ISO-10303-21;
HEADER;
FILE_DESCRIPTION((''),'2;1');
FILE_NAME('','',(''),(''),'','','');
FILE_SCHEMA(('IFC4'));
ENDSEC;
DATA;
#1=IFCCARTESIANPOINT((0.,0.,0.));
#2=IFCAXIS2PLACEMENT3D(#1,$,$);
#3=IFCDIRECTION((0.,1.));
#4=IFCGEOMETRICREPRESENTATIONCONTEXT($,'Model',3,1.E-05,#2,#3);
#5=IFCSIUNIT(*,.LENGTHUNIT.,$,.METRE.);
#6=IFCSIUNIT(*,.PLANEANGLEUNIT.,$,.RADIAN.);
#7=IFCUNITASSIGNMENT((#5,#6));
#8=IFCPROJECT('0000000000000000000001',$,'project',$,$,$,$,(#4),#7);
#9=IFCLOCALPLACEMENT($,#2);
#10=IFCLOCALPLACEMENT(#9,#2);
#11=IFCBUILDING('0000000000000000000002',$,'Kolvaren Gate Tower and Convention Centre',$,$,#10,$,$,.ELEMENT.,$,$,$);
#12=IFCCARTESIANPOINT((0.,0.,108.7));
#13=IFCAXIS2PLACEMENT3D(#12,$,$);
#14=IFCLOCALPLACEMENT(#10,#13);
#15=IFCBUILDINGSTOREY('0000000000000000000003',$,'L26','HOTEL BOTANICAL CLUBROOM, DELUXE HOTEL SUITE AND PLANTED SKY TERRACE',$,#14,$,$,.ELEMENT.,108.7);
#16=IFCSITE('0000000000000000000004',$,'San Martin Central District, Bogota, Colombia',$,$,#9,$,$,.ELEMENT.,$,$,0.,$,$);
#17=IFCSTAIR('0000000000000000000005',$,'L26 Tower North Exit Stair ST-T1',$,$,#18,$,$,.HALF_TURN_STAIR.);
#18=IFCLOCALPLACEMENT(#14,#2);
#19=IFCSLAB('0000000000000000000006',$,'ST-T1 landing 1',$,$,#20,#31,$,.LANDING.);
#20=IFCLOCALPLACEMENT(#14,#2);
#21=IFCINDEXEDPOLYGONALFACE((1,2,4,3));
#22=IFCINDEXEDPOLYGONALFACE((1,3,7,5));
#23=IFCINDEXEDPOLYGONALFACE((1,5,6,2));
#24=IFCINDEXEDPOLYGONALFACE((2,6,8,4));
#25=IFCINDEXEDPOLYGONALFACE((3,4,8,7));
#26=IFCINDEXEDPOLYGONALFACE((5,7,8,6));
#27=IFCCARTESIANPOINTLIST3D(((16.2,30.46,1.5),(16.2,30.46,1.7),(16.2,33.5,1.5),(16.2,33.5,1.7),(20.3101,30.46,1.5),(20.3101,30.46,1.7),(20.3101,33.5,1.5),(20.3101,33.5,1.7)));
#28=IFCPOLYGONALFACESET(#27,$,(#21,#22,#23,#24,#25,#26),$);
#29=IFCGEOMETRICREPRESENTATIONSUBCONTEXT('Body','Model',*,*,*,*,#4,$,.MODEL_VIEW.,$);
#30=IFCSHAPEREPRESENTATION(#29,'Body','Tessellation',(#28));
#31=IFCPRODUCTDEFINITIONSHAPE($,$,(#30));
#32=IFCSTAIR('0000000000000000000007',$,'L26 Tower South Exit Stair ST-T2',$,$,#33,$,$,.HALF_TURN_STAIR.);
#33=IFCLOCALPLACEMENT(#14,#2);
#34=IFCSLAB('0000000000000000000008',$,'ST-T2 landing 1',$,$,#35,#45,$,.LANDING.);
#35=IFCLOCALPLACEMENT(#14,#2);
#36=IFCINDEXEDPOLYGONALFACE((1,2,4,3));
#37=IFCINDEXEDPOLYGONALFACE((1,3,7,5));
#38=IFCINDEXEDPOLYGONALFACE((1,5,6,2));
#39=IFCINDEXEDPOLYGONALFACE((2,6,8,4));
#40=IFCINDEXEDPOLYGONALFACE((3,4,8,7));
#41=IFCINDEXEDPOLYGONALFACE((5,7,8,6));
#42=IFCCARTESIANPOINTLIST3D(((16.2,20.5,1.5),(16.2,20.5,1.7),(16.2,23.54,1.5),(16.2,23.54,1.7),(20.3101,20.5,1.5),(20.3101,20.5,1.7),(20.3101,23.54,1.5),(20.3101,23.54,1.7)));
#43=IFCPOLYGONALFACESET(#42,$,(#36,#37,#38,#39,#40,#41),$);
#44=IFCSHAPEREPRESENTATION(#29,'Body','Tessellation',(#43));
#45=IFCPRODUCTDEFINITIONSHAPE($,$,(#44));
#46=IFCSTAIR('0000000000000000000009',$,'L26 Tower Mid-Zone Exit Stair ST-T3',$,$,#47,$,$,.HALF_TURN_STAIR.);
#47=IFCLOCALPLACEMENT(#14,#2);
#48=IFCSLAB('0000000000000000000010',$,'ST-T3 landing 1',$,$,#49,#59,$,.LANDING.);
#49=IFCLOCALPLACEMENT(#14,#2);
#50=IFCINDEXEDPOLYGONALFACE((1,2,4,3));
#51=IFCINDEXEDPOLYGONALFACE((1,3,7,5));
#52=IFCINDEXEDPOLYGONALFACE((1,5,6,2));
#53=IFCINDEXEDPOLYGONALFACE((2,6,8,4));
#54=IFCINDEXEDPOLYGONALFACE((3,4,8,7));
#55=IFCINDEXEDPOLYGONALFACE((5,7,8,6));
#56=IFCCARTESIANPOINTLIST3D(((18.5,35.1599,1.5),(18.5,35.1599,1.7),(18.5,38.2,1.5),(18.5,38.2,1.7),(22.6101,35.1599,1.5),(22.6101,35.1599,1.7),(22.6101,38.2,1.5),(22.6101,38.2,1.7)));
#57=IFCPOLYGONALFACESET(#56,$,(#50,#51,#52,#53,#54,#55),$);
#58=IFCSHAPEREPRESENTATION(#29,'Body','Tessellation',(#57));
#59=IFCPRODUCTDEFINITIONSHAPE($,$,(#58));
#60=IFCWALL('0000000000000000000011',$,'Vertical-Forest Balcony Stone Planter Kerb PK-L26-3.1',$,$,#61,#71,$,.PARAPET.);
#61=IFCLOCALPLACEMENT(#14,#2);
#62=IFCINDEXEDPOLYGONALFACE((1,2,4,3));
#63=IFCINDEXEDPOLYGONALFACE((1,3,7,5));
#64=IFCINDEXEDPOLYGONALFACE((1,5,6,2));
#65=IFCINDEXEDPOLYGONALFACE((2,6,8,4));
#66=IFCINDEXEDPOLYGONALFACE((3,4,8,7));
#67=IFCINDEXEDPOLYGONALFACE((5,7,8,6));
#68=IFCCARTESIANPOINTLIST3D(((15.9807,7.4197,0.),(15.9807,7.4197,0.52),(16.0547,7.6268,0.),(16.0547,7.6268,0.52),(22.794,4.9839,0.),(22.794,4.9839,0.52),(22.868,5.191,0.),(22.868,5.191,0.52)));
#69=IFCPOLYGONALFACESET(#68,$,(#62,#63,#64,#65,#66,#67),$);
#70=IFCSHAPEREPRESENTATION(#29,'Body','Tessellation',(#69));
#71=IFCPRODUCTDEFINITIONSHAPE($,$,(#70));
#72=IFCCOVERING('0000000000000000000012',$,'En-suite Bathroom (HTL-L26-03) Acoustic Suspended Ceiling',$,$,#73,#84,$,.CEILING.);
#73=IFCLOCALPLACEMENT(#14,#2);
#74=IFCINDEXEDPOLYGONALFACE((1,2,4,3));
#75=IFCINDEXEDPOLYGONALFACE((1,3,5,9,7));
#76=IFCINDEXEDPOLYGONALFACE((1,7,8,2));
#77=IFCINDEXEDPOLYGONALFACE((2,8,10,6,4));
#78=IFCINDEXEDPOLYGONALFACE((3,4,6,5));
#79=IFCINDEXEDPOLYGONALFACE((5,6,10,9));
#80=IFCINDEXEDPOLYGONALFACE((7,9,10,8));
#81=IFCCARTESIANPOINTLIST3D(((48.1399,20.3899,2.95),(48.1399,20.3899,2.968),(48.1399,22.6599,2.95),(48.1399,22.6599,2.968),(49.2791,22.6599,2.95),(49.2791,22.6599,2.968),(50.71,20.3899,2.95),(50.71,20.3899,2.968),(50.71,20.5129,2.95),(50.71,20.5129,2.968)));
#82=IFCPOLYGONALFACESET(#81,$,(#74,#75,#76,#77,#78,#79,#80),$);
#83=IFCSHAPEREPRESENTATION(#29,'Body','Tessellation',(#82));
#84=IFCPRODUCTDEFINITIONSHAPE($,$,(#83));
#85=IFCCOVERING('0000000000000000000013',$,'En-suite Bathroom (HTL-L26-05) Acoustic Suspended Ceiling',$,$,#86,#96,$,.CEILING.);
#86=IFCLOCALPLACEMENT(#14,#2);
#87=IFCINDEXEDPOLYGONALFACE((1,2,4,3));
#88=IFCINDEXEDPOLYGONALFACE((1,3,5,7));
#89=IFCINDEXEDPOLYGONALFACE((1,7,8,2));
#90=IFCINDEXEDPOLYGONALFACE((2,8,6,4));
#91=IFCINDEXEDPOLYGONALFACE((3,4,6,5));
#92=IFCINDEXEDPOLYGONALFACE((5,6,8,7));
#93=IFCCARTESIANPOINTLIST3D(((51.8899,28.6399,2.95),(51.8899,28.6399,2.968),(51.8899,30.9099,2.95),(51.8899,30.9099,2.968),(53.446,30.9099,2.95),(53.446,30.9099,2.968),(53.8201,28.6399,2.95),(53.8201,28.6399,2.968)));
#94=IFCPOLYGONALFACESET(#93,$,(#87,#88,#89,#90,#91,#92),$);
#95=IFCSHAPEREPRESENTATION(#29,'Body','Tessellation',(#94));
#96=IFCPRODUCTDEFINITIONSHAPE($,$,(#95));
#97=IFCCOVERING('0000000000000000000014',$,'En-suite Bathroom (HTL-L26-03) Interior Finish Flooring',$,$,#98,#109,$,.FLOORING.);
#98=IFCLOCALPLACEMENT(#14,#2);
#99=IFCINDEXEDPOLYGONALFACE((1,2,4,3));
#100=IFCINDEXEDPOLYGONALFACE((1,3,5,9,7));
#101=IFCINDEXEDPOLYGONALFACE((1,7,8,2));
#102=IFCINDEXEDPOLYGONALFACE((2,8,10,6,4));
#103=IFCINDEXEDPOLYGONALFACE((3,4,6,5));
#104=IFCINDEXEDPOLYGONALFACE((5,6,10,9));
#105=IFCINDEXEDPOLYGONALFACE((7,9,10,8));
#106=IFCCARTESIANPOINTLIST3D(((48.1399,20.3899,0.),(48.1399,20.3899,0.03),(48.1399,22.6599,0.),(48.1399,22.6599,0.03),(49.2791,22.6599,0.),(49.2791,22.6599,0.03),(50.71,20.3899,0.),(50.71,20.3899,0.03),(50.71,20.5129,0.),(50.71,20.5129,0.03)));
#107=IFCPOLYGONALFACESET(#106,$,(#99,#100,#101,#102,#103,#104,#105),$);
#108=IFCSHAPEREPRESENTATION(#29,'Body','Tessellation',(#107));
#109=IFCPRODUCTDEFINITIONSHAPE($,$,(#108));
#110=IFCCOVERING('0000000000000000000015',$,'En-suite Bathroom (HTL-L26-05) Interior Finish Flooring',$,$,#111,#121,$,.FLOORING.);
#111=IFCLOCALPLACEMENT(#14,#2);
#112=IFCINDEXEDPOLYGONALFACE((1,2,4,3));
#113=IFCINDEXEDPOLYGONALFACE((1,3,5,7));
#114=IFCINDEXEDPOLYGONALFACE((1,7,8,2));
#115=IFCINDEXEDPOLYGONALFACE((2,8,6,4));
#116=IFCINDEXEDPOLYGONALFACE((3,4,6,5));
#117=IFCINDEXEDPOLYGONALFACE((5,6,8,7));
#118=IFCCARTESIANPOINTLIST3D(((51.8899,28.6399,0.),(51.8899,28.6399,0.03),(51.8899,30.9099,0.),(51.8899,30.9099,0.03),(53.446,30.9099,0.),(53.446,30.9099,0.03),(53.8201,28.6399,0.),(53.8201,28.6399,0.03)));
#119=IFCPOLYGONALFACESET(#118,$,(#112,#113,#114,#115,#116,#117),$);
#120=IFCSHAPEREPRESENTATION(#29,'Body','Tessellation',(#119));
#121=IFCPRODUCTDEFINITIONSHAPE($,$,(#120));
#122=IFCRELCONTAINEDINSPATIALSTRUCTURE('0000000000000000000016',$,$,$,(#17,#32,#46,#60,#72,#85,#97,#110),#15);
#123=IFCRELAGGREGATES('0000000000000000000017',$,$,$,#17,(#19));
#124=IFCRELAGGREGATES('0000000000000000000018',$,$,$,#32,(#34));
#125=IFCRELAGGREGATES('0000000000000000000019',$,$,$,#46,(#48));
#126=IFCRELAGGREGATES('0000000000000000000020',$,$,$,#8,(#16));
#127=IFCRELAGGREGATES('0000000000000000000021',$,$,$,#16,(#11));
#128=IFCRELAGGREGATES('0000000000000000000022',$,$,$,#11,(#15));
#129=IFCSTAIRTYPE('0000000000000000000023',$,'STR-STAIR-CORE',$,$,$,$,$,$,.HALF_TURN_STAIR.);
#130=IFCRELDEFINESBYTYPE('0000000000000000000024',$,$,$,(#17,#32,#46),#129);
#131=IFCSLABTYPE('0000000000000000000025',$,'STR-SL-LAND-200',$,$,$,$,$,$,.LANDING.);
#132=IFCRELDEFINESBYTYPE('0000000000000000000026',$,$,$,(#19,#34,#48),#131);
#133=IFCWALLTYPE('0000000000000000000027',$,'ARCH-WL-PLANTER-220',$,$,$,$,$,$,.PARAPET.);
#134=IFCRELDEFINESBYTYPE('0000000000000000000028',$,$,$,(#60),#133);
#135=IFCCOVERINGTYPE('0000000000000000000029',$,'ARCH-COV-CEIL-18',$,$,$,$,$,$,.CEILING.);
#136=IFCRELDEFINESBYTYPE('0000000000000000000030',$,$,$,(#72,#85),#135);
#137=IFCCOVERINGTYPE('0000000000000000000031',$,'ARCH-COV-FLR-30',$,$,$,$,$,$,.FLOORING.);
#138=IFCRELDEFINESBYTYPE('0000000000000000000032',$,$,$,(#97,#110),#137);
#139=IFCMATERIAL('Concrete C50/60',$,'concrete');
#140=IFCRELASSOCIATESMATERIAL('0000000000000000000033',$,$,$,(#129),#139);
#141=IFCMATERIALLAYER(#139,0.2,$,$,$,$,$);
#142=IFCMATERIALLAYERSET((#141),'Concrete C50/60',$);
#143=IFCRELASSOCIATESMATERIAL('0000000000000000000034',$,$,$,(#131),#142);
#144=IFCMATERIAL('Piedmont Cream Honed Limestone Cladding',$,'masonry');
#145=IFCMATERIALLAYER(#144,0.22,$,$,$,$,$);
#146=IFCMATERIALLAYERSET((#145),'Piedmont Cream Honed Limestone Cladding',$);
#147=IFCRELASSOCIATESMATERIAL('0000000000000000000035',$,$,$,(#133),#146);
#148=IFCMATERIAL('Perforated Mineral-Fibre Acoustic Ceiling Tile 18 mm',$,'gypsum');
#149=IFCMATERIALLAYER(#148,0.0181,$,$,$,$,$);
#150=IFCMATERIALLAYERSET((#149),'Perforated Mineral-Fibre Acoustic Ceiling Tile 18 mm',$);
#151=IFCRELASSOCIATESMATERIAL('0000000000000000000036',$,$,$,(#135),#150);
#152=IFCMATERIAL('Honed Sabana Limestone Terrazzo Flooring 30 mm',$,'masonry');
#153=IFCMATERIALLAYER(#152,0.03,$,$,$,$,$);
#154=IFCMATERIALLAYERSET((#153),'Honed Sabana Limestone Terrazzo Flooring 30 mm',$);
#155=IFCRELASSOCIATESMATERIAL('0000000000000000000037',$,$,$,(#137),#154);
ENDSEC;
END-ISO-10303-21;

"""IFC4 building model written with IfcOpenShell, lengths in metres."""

from ifc_helpers import new_model, si_unit, direction, frame, frame_2d, origin, place, context, subcontext, project, spatial, polyline, rectangle, outline, extrude, material, layer, layer_set, type_object, element, aggregate, save


model = new_model("IFC4")

# Units and contexts
model_context = context("Model", 3, precision=1e-05, world=origin(), true_north=direction((0.0, 1.0)))
body_context = subcontext(model_context, "Body", "Model", "MODEL_VIEW")
ifc_project = project(units=[si_unit("LENGTHUNIT", "METRE"), si_unit("PLANEANGLEUNIT", "RADIAN")], contexts=[model_context])

# Site, building, storey
site_placement = place(None, origin())
site = spatial("IfcSite", under=ifc_project, at=site_placement, Name="San Martin Central District, Bogota, Colombia", CompositionType="ELEMENT", RefElevation=0.0)
building_placement = place(site_placement, origin())
building = spatial("IfcBuilding", under=site, at=building_placement, Name="Kolvaren Gate Tower and Convention Centre", CompositionType="ELEMENT")
storey_placement = place(building_placement, frame((0.0, 0.0, 108.7)))
storey = spatial("IfcBuildingStorey", under=building, at=storey_placement, Name="L26", Description="HOTEL BOTANICAL CLUBROOM, DELUXE HOTEL SUITE AND PLANTED SKY TERRACE", CompositionType="ELEMENT", Elevation=108.7)

# Shared definitions
ifc_material_1 = material(Name="Concrete C50/60", Category="concrete")

# Stairs, slabs
stair_type = type_object("IfcStairType", Name="STR-STAIR-CORE", PredefinedType="HALF_TURN_STAIR", material=ifc_material_1)
stair_1_placement = place(storey_placement, origin())
stair_1 = element("IfcStair", 1, at=stair_1_placement, inside=storey, type_object=stair_type, Name="L26 Tower North Exit Stair ST-T1", PredefinedType="HALF_TURN_STAIR")
ifc_layer_1 = layer(ifc_material_1, 0.2)
ifc_layer_set_1 = layer_set([ifc_layer_1], Name="Concrete C50/60")
slab_type_1 = type_object("IfcSlabType", Name="STR-SL-LAND-200", PredefinedType="LANDING", material=ifc_layer_set_1)
slab_1_placement = place(storey_placement, frame((0.0, 0.0, 1.5)))
slab_1 = element("IfcSlab", 2, at=slab_1_placement, type_object=slab_type_1, Name="ST-T1 landing 1", PredefinedType="LANDING", context=body_context, shape_type="SweptSolid", body=[
    extrude(outline(polyline([(20.3101, 33.5), (16.2, 33.5), (16.2, 30.46), (20.3101, 30.46), (20.3101, 33.5)])), origin(), (0.0, 0.0, 1.0), 0.2),
])
aggregate(stair_1, [slab_1])
stair_2_placement = place(storey_placement, origin())
stair_2 = element("IfcStair", 3, at=stair_2_placement, inside=storey, type_object=stair_type, Name="L26 Tower South Exit Stair ST-T2", PredefinedType="HALF_TURN_STAIR")
slab_2_placement = place(storey_placement, frame((0.0, 0.0, 1.5)))
slab_2 = element("IfcSlab", 4, at=slab_2_placement, type_object=slab_type_1, Name="ST-T2 landing 1", PredefinedType="LANDING", context=body_context, shape_type="SweptSolid", body=[
    extrude(outline(polyline([(20.3101, 23.54), (16.2, 23.54), (16.2, 20.5), (20.3101, 20.5), (20.3101, 23.54)])), origin(), (0.0, 0.0, 1.0), 0.2),
])
aggregate(stair_2, [slab_2])
stair_3_placement = place(storey_placement, origin())
stair_3 = element("IfcStair", 5, at=stair_3_placement, inside=storey, type_object=stair_type, Name="L26 Tower Mid-Zone Exit Stair ST-T3", PredefinedType="HALF_TURN_STAIR")
slab_3_placement = place(storey_placement, frame((0.0, 0.0, 1.5)))
slab_3 = element("IfcSlab", 6, at=slab_3_placement, type_object=slab_type_1, Name="ST-T3 landing 1", PredefinedType="LANDING", context=body_context, shape_type="SweptSolid", body=[
    extrude(outline(polyline([(22.6101, 38.2), (18.5, 38.2), (18.5, 35.1599), (22.6101, 35.1599), (22.6101, 38.2)])), origin(), (0.0, 0.0, 1.0), 0.2),
])
aggregate(stair_3, [slab_3])

# Wall
ifc_material_2 = material(Name="Piedmont Cream Honed Limestone Cladding", Category="masonry")
ifc_layer_2 = layer(ifc_material_2, 0.22)
ifc_layer_set_2 = layer_set([ifc_layer_2], Name="Piedmont Cream Honed Limestone Cladding")
wall_type = type_object("IfcWallType", Name="ARCH-WL-PLANTER-220", PredefinedType="PARAPET", material=ifc_layer_set_2)
wall_placement = place(storey_placement, frame((16.0178, 7.5232, 0.0), z_axis=(0.0, 0.0, 1.0), x_axis=(0.941633, -0.336642, 0.0)))
element("IfcWall", 7, at=wall_placement, inside=storey, type_object=wall_type, Name="Vertical-Forest Balcony Stone Planter Kerb PK-L26-3.1", PredefinedType="PARAPET", context=body_context, shape_type="SweptSolid", body=[
    extrude(rectangle(XDim=7.2356, YDim=0.22, at=frame_2d((3.6177, 0.0))), origin(), (0.0, 0.0, 1.0), 0.52),
])

# Coverings
ifc_material_3 = material(Name="Perforated Mineral-Fibre Acoustic Ceiling Tile 18 mm", Category="gypsum")
ifc_layer_3 = layer(ifc_material_3, 0.0181)
ifc_layer_set_3 = layer_set([ifc_layer_3], Name="Perforated Mineral-Fibre Acoustic Ceiling Tile 18 mm")
covering_type_1 = type_object("IfcCoveringType", Name="ARCH-COV-CEIL-18", PredefinedType="CEILING", material=ifc_layer_set_3)
covering_1_placement = place(storey_placement, frame((0.0, 0.0, 2.95)))
element("IfcCovering", 8, at=covering_1_placement, inside=storey, type_object=covering_type_1, Name="En-suite Bathroom (HTL-L26-03) Acoustic Suspended Ceiling", PredefinedType="CEILING", context=body_context, shape_type="SweptSolid", body=[
    extrude(outline(polyline([(50.71, 20.3899), (48.1399, 20.3899), (48.1399, 22.6599), (49.2791, 22.6599), (50.71, 20.5129), (50.71, 20.3899)])), origin(), (0.0, 0.0, 1.0), 0.0181),
])
covering_2_placement = place(storey_placement, frame((0.0, 0.0, 2.95)))
element("IfcCovering", 9, at=covering_2_placement, inside=storey, type_object=covering_type_1, Name="En-suite Bathroom (HTL-L26-05) Acoustic Suspended Ceiling", PredefinedType="CEILING", context=body_context, shape_type="SweptSolid", body=[
    extrude(outline(polyline([(51.8899, 28.6399), (51.8899, 30.9099), (53.446, 30.9099), (53.8201, 28.6399), (51.8899, 28.6399)])), origin(), (0.0, 0.0, 1.0), 0.0181),
])
ifc_material_4 = material(Name="Honed Sabana Limestone Terrazzo Flooring 30 mm", Category="masonry")
ifc_layer_4 = layer(ifc_material_4, 0.03)
ifc_layer_set_4 = layer_set([ifc_layer_4], Name="Honed Sabana Limestone Terrazzo Flooring 30 mm")
covering_type_2 = type_object("IfcCoveringType", Name="ARCH-COV-FLR-30", PredefinedType="FLOORING", material=ifc_layer_set_4)
covering_3_placement = place(storey_placement, origin())
element("IfcCovering", 10, at=covering_3_placement, inside=storey, type_object=covering_type_2, Name="En-suite Bathroom (HTL-L26-03) Interior Finish Flooring", PredefinedType="FLOORING", context=body_context, shape_type="SweptSolid", body=[
    extrude(outline(polyline([(50.71, 20.3899), (48.1399, 20.3899), (48.1399, 22.6599), (49.2791, 22.6599), (50.71, 20.5129), (50.71, 20.3899)])), origin(), (0.0, 0.0, 1.0), 0.03),
])
covering_4_placement = place(storey_placement, origin())
element("IfcCovering", 11, at=covering_4_placement, inside=storey, type_object=covering_type_2, Name="En-suite Bathroom (HTL-L26-05) Interior Finish Flooring", PredefinedType="FLOORING", context=body_context, shape_type="SweptSolid", body=[
    extrude(outline(polyline([(51.8899, 28.6399), (51.8899, 30.9099), (53.446, 30.9099), (53.8201, 28.6399), (51.8899, 28.6399)])), origin(), (0.0, 0.0, 1.0), 0.03),
])

save(model, "model.ifc")
